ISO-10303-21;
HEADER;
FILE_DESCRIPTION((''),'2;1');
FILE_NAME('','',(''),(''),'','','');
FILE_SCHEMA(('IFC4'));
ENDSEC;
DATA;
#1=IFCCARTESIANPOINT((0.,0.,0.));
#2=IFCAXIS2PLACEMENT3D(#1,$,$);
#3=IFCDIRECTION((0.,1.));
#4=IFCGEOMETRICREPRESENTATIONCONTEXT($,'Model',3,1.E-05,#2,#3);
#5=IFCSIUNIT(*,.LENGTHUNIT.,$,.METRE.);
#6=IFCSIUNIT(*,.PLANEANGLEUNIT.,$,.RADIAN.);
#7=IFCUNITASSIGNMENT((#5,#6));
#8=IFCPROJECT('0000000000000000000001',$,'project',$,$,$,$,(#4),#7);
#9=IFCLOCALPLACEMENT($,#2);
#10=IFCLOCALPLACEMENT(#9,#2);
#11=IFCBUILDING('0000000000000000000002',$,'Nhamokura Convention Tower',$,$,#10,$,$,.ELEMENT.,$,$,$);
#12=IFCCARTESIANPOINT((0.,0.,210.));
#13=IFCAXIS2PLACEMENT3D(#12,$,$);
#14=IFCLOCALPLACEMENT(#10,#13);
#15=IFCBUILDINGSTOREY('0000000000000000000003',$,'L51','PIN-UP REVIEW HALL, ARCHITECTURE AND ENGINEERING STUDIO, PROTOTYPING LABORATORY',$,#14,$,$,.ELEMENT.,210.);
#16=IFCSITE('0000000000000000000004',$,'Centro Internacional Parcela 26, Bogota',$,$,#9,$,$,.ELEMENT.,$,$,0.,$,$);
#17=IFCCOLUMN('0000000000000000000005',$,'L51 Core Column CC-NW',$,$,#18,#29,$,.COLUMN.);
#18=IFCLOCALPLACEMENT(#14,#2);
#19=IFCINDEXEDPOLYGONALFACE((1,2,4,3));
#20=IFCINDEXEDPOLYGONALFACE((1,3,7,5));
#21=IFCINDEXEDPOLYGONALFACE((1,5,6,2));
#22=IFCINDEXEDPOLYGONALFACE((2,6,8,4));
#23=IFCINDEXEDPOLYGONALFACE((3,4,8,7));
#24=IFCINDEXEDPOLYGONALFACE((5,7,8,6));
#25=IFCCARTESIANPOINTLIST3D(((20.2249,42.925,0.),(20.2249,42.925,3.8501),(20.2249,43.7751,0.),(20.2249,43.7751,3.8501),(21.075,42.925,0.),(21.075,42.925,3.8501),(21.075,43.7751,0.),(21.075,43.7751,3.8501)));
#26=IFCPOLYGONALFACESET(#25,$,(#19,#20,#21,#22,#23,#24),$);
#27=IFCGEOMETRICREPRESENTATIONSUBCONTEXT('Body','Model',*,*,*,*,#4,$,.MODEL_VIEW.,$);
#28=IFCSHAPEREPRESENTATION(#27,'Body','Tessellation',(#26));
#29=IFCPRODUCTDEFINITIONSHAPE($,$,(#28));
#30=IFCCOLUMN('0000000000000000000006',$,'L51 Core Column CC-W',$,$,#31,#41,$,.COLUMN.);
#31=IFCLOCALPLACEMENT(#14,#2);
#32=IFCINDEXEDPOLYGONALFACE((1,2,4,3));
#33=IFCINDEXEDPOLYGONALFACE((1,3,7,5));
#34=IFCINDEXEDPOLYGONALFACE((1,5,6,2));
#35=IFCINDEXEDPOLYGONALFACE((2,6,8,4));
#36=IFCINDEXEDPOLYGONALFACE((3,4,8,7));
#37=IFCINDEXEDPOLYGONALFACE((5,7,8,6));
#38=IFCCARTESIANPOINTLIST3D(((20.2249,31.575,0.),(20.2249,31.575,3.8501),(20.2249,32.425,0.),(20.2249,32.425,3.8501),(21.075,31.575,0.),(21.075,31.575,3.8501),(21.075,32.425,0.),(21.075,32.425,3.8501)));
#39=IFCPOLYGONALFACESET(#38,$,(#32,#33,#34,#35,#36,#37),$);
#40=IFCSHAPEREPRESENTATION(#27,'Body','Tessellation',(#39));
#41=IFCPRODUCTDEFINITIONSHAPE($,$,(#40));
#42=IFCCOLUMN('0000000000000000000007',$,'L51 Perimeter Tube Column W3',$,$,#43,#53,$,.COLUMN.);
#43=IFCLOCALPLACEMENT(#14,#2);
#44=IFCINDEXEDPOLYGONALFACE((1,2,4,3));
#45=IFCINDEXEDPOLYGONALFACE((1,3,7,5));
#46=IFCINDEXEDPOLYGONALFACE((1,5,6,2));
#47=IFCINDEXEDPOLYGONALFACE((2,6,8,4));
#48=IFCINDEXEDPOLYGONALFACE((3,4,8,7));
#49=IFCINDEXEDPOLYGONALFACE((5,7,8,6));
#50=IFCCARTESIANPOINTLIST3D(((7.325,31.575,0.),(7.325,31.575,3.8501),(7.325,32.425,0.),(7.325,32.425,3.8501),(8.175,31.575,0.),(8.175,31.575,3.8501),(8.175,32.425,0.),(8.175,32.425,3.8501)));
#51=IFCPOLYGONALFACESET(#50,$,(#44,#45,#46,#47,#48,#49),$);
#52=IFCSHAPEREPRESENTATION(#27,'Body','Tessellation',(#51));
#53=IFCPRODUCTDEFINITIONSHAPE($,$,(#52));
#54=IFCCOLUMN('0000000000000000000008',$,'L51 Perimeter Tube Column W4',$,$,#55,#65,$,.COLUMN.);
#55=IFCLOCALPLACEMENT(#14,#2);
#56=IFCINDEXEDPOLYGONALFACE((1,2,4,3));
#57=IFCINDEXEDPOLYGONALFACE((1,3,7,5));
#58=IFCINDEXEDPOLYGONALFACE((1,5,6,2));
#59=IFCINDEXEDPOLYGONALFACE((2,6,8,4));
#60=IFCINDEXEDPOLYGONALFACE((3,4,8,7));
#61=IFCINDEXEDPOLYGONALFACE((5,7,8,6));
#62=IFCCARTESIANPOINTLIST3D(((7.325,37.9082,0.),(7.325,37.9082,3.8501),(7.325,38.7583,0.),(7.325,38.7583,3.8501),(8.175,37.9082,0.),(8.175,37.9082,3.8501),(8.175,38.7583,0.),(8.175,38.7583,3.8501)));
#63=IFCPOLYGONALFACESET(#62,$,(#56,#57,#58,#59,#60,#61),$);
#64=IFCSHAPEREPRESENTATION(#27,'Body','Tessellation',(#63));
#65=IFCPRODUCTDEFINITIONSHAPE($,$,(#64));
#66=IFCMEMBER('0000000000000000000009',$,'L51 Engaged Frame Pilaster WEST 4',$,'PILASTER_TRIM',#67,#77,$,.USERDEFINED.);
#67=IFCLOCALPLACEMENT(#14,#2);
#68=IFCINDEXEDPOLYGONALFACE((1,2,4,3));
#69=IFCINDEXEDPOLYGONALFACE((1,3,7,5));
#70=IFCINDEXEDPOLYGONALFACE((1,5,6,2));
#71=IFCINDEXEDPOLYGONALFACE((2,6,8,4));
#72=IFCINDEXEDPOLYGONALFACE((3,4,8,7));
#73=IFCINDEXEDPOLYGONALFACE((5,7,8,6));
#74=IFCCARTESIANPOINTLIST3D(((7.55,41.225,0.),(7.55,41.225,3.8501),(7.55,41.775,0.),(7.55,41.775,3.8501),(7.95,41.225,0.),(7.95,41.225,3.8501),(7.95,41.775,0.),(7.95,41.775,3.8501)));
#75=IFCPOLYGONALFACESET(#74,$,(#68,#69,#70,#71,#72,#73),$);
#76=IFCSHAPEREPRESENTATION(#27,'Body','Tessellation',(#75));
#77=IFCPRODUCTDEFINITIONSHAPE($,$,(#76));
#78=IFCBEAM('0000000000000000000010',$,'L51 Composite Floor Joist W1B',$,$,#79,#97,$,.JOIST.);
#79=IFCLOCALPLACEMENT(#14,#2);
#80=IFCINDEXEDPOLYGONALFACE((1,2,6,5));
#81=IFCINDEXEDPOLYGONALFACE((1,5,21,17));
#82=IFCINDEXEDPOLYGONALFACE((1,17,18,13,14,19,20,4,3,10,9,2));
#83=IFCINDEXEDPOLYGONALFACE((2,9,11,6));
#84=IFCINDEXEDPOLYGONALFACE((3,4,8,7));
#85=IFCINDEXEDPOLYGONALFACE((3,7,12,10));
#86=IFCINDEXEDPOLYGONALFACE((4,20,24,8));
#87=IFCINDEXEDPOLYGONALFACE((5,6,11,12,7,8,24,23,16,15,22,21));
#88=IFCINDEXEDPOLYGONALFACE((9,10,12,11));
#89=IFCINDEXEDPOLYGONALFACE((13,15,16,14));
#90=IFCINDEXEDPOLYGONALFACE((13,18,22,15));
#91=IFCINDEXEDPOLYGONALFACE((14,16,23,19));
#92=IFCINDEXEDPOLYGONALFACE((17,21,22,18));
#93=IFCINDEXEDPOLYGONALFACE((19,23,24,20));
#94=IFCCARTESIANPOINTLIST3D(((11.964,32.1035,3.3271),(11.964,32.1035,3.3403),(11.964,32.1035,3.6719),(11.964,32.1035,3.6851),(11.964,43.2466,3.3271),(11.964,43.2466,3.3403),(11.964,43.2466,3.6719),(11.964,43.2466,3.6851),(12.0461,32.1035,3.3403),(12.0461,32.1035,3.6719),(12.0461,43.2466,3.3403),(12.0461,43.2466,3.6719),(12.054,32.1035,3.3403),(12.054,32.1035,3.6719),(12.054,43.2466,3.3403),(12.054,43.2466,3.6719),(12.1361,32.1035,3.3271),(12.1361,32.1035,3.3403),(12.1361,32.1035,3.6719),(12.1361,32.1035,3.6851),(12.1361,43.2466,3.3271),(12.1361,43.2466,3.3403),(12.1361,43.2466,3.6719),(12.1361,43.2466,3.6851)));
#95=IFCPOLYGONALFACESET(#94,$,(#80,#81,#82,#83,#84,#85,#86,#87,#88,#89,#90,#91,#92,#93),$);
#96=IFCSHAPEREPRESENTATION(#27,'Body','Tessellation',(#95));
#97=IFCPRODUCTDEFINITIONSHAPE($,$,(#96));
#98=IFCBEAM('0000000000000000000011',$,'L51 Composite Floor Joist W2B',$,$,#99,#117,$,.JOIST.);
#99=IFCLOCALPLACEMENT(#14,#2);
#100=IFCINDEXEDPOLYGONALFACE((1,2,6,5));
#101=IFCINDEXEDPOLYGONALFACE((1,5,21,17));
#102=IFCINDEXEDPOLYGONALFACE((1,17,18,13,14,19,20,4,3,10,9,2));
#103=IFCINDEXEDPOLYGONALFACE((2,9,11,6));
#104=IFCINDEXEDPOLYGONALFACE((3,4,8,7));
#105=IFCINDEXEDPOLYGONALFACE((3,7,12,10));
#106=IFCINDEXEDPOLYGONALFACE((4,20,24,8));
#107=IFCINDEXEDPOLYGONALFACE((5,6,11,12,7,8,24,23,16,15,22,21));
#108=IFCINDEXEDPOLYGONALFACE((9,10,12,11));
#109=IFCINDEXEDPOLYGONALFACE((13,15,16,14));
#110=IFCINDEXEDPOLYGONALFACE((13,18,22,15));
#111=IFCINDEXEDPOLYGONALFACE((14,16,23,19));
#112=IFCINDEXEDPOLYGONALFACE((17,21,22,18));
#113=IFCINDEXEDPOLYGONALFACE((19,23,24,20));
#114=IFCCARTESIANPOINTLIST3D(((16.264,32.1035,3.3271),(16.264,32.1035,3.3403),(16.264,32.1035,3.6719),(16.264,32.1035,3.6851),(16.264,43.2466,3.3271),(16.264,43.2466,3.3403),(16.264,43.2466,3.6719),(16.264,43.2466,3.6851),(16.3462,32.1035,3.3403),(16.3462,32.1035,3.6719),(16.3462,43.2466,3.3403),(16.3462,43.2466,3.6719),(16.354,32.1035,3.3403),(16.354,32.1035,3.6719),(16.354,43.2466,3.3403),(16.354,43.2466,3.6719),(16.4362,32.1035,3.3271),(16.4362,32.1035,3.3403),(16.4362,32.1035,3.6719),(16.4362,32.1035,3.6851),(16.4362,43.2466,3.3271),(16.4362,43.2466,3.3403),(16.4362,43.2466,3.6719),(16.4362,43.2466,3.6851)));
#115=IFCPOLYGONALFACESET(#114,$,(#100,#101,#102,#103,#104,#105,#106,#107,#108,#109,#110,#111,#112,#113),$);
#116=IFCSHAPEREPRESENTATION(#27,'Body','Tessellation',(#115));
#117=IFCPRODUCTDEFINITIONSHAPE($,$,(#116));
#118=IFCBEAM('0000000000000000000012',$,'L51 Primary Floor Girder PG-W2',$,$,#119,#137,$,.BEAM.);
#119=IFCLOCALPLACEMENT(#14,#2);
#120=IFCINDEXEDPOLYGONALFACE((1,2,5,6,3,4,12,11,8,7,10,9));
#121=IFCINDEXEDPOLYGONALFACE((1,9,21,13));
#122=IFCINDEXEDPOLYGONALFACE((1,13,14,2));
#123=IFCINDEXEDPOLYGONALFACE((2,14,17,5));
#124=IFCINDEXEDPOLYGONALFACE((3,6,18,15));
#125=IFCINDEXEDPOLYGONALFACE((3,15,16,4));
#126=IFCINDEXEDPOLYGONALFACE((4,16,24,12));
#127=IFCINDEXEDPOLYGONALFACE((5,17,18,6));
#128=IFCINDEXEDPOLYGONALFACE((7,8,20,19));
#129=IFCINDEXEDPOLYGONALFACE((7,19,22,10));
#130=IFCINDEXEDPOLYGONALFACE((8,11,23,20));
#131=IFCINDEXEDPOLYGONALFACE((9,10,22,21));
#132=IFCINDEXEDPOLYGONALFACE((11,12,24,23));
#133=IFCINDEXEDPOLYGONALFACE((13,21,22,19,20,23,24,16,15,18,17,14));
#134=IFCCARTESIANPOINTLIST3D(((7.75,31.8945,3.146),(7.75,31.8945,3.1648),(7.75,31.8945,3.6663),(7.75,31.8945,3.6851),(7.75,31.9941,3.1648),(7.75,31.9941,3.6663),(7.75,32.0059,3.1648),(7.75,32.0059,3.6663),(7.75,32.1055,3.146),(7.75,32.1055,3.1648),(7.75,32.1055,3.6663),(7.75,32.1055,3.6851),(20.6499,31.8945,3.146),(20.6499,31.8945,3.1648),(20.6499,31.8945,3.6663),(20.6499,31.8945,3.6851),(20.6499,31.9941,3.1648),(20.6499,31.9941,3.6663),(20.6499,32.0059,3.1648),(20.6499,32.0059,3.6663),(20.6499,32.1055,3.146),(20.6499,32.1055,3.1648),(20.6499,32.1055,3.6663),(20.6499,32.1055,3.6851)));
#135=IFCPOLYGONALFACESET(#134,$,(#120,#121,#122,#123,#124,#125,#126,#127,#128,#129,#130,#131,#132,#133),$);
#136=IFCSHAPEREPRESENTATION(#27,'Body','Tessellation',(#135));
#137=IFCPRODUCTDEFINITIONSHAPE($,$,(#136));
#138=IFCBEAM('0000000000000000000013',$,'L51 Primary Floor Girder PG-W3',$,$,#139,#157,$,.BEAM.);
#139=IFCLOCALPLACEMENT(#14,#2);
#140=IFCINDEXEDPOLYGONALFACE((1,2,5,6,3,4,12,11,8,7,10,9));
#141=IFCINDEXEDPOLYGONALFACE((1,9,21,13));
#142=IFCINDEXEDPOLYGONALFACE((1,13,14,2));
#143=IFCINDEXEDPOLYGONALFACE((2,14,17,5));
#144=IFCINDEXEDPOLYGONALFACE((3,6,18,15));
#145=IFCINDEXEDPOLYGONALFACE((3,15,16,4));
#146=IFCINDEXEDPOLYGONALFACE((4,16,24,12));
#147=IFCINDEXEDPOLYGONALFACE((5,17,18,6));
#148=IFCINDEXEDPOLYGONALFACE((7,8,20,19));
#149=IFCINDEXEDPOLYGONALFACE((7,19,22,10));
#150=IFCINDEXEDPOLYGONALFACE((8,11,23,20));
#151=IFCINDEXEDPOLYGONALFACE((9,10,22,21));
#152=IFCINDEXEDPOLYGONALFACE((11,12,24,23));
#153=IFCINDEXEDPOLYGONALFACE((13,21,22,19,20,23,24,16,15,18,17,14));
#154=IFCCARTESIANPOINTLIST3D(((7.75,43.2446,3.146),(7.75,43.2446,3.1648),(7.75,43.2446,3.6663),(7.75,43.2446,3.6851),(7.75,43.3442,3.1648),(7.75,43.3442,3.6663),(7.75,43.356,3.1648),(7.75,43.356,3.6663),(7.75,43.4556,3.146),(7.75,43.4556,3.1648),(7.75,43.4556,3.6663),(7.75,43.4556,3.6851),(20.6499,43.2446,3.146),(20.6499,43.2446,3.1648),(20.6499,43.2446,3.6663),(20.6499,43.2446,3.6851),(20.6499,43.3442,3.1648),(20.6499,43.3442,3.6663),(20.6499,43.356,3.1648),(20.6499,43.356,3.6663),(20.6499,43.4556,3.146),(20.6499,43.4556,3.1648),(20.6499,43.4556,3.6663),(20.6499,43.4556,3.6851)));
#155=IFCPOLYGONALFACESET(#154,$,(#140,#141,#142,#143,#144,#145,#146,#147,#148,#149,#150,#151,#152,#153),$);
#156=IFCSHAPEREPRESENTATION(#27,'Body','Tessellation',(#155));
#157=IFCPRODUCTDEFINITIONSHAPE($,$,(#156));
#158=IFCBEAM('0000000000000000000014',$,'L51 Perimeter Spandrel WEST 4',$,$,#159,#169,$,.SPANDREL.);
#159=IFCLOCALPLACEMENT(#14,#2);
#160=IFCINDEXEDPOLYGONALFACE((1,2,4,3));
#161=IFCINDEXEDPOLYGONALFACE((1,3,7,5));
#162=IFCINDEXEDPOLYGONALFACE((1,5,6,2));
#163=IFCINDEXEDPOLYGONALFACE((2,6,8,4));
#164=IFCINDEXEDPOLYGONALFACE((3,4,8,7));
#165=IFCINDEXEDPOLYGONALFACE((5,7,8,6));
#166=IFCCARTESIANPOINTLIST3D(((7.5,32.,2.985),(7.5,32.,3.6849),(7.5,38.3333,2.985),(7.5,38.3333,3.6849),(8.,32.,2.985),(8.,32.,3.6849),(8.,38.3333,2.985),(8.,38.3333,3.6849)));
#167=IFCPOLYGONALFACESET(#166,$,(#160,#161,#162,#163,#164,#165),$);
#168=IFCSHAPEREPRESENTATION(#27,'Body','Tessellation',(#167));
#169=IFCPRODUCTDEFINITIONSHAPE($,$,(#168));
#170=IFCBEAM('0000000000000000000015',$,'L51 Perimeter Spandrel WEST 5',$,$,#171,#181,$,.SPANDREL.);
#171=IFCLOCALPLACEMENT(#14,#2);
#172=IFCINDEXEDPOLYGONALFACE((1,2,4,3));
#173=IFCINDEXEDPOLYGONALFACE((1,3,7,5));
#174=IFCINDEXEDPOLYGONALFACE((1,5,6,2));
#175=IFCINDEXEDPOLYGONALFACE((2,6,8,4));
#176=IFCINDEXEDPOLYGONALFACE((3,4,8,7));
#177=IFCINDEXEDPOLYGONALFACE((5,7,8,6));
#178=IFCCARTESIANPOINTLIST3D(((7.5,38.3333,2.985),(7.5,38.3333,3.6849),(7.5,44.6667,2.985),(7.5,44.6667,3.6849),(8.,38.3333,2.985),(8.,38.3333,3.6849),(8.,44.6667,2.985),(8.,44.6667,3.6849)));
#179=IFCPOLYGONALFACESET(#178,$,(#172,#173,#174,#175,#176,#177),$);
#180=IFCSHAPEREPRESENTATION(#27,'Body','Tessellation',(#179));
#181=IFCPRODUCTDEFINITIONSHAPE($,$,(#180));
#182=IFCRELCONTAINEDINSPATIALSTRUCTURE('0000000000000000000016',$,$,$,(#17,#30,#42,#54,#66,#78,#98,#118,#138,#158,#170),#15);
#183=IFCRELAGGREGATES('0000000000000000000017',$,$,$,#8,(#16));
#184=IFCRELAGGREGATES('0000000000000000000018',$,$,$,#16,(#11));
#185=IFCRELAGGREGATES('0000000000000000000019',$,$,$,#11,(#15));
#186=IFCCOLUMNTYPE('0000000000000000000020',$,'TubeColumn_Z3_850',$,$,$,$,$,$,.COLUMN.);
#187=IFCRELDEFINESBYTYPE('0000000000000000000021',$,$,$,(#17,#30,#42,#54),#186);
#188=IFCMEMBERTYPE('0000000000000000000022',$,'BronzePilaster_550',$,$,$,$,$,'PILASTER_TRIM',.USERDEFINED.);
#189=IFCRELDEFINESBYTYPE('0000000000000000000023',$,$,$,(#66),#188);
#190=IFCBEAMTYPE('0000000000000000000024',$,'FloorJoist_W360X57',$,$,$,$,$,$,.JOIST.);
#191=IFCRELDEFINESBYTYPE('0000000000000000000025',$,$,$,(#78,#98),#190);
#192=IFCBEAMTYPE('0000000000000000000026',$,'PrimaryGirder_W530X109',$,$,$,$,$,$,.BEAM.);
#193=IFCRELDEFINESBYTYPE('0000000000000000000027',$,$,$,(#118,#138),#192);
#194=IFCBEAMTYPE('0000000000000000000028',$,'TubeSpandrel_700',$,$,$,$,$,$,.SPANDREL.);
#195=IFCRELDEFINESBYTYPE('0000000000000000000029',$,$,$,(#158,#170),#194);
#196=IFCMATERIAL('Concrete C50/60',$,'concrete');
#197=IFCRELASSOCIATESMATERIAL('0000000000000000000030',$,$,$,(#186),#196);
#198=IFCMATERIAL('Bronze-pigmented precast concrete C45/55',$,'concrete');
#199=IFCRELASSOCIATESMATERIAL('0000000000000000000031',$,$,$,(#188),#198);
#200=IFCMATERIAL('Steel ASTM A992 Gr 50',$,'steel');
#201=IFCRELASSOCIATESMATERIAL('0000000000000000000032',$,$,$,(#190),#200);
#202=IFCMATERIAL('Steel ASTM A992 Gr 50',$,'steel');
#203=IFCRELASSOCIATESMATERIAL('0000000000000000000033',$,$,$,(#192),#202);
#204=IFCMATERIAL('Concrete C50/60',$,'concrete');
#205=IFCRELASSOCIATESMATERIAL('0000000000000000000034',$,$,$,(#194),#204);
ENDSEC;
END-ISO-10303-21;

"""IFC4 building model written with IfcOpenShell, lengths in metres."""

from ifc_helpers import new_model, si_unit, direction, frame, origin, origin_2d, place, context, subcontext, project, spatial, rectangle, i_section, extrude, material, material_profile, profile_set, type_object, element, save


model = new_model("IFC4")

# Units and contexts
model_context = context("Model", 3, precision=1e-05, world=origin(), true_north=direction((0.0, 1.0)))
body_context = subcontext(model_context, "Body", "Model", "MODEL_VIEW")
ifc_project = project(units=[si_unit("LENGTHUNIT", "METRE"), si_unit("PLANEANGLEUNIT", "RADIAN")], contexts=[model_context])

# Site, building, storey
site_placement = place(None, origin())
site = spatial("IfcSite", under=ifc_project, at=site_placement, Name="Centro Internacional Parcela 26, Bogota", CompositionType="ELEMENT", RefElevation=0.0)
building_placement = place(site_placement, origin())
building = spatial("IfcBuilding", under=site, at=building_placement, Name="Nhamokura Convention Tower", CompositionType="ELEMENT")
storey_placement = place(building_placement, frame((0.0, 0.0, 210.0)))
storey = spatial("IfcBuildingStorey", under=building, at=storey_placement, Name="L51", Description="PIN-UP REVIEW HALL, ARCHITECTURE AND ENGINEERING STUDIO, PROTOTYPING LABORATORY", CompositionType="ELEMENT", Elevation=210.0)

# Columns
ifc_material_1 = material(Name="Concrete C50/60", Category="concrete")
ifc_material_profile_1 = material_profile(ifc_material_1, rectangle(XDim=0.8501, YDim=0.8501, at=origin_2d()))
ifc_profile_set_1 = profile_set([ifc_material_profile_1], Name="Concrete C50/60")
column_type = type_object("IfcColumnType", Name="TubeColumn_Z3_850", PredefinedType="COLUMN", material=ifc_profile_set_1)
for number, where, z_axis, x_axis, name in (
    (1, (20.6499, 43.3501, 0.0), (0.0, 0.0, 1.0), (1.0, 0.0, 0.0), "L51 Core Column CC-NW"),
    (2, (20.6499, 32.0, 0.0), (0.0, 0.0, 1.0), (1.0, 0.0, 0.0), "L51 Core Column CC-W"),
    (3, (7.75, 32.0, 0.0), (0.0, 0.0, 1.0), (1.0, 0.0, 0.0), "L51 Perimeter Tube Column W3"),
    (4, (7.75, 38.3333, 0.0), (0.0, 0.0, 1.0), (1.0, 0.0, 0.0), "L51 Perimeter Tube Column W4"),
):
    element("IfcColumn", number, at=place(storey_placement, frame(where, z_axis=z_axis, x_axis=x_axis)), inside=storey, type_object=column_type, Name=name, PredefinedType="COLUMN", context=body_context, shape_type="SweptSolid", body=[
        extrude(rectangle(XDim=0.8501, YDim=0.8501, at=origin_2d()), origin(), (0.0, 0.0, 1.0), 3.8501),
    ])

# Member
ifc_material_2 = material(Name="Bronze-pigmented precast concrete C45/55", Category="concrete")
ifc_material_profile_2 = material_profile(ifc_material_2, rectangle(XDim=0.3999, YDim=0.55, at=origin_2d()))
ifc_profile_set_2 = profile_set([ifc_material_profile_2], Name="Bronze-pigmented precast concrete C45/55")
member_type = type_object("IfcMemberType", Name="BronzePilaster_550", ElementType="PILASTER_TRIM", PredefinedType="USERDEFINED", material=ifc_profile_set_2)
member_placement = place(storey_placement, frame((7.75, 41.5, 0.0), z_axis=(0.0, 0.0, 1.0), x_axis=(1.0, 0.0, 0.0)))
element("IfcMember", 5, at=member_placement, inside=storey, type_object=member_type, Name="L51 Engaged Frame Pilaster WEST 4", ObjectType="PILASTER_TRIM", PredefinedType="USERDEFINED", context=body_context, shape_type="SweptSolid", body=[
    extrude(rectangle(XDim=0.3999, YDim=0.55, at=origin_2d()), origin(), (0.0, 0.0, 1.0), 3.8501),
])

# Beams
ifc_material_3 = material(Name="Steel ASTM A992 Gr 50", Category="steel")
ifc_material_profile_3 = material_profile(ifc_material_3, i_section(OverallWidth=0.1721, OverallDepth=0.3579, WebThickness=0.0078, FlangeThickness=0.0132, at=origin_2d()))
ifc_profile_set_3 = profile_set([ifc_material_profile_3], Name="Steel ASTM A992 Gr 50")
beam_type_1 = type_object("IfcBeamType", Name="FloorJoist_W360X57", PredefinedType="JOIST", material=ifc_profile_set_3)
for number, where, z_axis, x_axis, name in (
    (6, (12.05, 32.1035, 3.5061), (0.0, 1.0, 0.0), (-1.0, 0.0, 0.0), "L51 Composite Floor Joist W1B"),
    (7, (16.3501, 32.1035, 3.5061), (0.0, 1.0, 0.0), (-1.0, 0.0, 0.0), "L51 Composite Floor Joist W2B"),
):
    element("IfcBeam", number, at=place(storey_placement, frame(where, z_axis=z_axis, x_axis=x_axis)), inside=storey, type_object=beam_type_1, Name=name, PredefinedType="JOIST", context=body_context, shape_type="SweptSolid", body=[
        extrude(i_section(OverallWidth=0.1721, OverallDepth=0.3579, WebThickness=0.0078, FlangeThickness=0.0132, at=origin_2d()), origin(), (0.0, 0.0, 1.0), 11.1431),
    ])
ifc_material_4 = material(Name="Steel ASTM A992 Gr 50", Category="steel")
ifc_material_profile_4 = material_profile(ifc_material_4, i_section(OverallWidth=0.2109, OverallDepth=0.5391, WebThickness=0.0117, FlangeThickness=0.0188, at=origin_2d()))
ifc_profile_set_4 = profile_set([ifc_material_profile_4], Name="Steel ASTM A992 Gr 50")
beam_type_2 = type_object("IfcBeamType", Name="PrimaryGirder_W530X109", PredefinedType="BEAM", material=ifc_profile_set_4)
for number, where, z_axis, x_axis, name in (
    (8, (7.75, 32.0, 3.4155), (1.0, 0.0, 0.0), (0.0, 1.0, 0.0), "L51 Primary Floor Girder PG-W2"),
    (9, (7.75, 43.3501, 3.4155), (1.0, 0.0, 0.0), (0.0, 1.0, 0.0), "L51 Primary Floor Girder PG-W3"),
):
    element("IfcBeam", number, at=place(storey_placement, frame(where, z_axis=z_axis, x_axis=x_axis)), inside=storey, type_object=beam_type_2, Name=name, PredefinedType="BEAM", context=body_context, shape_type="SweptSolid", body=[
        extrude(i_section(OverallWidth=0.2109, OverallDepth=0.5391, WebThickness=0.0117, FlangeThickness=0.0188, at=origin_2d()), origin(), (0.0, 0.0, 1.0), 12.8999),
    ])
ifc_material_5 = material(Name="Concrete C50/60", Category="concrete")
ifc_material_profile_5 = material_profile(ifc_material_5, rectangle(XDim=0.5, YDim=0.7, at=origin_2d()))
ifc_profile_set_5 = profile_set([ifc_material_profile_5], Name="Concrete C50/60")
beam_type_3 = type_object("IfcBeamType", Name="TubeSpandrel_700", PredefinedType="SPANDREL", material=ifc_profile_set_5)
beam_1_placement = place(storey_placement, frame((7.75, 32.0, 3.335), z_axis=(0.0, 1.0, 0.0), x_axis=(-1.0, 0.0, 0.0)))
element("IfcBeam", 10, at=beam_1_placement, inside=storey, type_object=beam_type_3, Name="L51 Perimeter Spandrel WEST 4", PredefinedType="SPANDREL", context=body_context, shape_type="SweptSolid", body=[
    extrude(rectangle(XDim=0.5, YDim=0.7, at=origin_2d()), origin(), (0.0, 0.0, 1.0), 6.3333),
])
beam_2_placement = place(storey_placement, frame((7.75, 38.3333, 3.335), z_axis=(0.0, 1.0, 0.0), x_axis=(-1.0, 0.0, 0.0)))
element("IfcBeam", 11, at=beam_2_placement, inside=storey, type_object=beam_type_3, Name="L51 Perimeter Spandrel WEST 5", PredefinedType="SPANDREL", context=body_context, shape_type="SweptSolid", body=[
    extrude(rectangle(XDim=0.5, YDim=0.7, at=origin_2d()), origin(), (0.0, 0.0, 1.0), 6.3335),
])

save(model, "model.ifc")
